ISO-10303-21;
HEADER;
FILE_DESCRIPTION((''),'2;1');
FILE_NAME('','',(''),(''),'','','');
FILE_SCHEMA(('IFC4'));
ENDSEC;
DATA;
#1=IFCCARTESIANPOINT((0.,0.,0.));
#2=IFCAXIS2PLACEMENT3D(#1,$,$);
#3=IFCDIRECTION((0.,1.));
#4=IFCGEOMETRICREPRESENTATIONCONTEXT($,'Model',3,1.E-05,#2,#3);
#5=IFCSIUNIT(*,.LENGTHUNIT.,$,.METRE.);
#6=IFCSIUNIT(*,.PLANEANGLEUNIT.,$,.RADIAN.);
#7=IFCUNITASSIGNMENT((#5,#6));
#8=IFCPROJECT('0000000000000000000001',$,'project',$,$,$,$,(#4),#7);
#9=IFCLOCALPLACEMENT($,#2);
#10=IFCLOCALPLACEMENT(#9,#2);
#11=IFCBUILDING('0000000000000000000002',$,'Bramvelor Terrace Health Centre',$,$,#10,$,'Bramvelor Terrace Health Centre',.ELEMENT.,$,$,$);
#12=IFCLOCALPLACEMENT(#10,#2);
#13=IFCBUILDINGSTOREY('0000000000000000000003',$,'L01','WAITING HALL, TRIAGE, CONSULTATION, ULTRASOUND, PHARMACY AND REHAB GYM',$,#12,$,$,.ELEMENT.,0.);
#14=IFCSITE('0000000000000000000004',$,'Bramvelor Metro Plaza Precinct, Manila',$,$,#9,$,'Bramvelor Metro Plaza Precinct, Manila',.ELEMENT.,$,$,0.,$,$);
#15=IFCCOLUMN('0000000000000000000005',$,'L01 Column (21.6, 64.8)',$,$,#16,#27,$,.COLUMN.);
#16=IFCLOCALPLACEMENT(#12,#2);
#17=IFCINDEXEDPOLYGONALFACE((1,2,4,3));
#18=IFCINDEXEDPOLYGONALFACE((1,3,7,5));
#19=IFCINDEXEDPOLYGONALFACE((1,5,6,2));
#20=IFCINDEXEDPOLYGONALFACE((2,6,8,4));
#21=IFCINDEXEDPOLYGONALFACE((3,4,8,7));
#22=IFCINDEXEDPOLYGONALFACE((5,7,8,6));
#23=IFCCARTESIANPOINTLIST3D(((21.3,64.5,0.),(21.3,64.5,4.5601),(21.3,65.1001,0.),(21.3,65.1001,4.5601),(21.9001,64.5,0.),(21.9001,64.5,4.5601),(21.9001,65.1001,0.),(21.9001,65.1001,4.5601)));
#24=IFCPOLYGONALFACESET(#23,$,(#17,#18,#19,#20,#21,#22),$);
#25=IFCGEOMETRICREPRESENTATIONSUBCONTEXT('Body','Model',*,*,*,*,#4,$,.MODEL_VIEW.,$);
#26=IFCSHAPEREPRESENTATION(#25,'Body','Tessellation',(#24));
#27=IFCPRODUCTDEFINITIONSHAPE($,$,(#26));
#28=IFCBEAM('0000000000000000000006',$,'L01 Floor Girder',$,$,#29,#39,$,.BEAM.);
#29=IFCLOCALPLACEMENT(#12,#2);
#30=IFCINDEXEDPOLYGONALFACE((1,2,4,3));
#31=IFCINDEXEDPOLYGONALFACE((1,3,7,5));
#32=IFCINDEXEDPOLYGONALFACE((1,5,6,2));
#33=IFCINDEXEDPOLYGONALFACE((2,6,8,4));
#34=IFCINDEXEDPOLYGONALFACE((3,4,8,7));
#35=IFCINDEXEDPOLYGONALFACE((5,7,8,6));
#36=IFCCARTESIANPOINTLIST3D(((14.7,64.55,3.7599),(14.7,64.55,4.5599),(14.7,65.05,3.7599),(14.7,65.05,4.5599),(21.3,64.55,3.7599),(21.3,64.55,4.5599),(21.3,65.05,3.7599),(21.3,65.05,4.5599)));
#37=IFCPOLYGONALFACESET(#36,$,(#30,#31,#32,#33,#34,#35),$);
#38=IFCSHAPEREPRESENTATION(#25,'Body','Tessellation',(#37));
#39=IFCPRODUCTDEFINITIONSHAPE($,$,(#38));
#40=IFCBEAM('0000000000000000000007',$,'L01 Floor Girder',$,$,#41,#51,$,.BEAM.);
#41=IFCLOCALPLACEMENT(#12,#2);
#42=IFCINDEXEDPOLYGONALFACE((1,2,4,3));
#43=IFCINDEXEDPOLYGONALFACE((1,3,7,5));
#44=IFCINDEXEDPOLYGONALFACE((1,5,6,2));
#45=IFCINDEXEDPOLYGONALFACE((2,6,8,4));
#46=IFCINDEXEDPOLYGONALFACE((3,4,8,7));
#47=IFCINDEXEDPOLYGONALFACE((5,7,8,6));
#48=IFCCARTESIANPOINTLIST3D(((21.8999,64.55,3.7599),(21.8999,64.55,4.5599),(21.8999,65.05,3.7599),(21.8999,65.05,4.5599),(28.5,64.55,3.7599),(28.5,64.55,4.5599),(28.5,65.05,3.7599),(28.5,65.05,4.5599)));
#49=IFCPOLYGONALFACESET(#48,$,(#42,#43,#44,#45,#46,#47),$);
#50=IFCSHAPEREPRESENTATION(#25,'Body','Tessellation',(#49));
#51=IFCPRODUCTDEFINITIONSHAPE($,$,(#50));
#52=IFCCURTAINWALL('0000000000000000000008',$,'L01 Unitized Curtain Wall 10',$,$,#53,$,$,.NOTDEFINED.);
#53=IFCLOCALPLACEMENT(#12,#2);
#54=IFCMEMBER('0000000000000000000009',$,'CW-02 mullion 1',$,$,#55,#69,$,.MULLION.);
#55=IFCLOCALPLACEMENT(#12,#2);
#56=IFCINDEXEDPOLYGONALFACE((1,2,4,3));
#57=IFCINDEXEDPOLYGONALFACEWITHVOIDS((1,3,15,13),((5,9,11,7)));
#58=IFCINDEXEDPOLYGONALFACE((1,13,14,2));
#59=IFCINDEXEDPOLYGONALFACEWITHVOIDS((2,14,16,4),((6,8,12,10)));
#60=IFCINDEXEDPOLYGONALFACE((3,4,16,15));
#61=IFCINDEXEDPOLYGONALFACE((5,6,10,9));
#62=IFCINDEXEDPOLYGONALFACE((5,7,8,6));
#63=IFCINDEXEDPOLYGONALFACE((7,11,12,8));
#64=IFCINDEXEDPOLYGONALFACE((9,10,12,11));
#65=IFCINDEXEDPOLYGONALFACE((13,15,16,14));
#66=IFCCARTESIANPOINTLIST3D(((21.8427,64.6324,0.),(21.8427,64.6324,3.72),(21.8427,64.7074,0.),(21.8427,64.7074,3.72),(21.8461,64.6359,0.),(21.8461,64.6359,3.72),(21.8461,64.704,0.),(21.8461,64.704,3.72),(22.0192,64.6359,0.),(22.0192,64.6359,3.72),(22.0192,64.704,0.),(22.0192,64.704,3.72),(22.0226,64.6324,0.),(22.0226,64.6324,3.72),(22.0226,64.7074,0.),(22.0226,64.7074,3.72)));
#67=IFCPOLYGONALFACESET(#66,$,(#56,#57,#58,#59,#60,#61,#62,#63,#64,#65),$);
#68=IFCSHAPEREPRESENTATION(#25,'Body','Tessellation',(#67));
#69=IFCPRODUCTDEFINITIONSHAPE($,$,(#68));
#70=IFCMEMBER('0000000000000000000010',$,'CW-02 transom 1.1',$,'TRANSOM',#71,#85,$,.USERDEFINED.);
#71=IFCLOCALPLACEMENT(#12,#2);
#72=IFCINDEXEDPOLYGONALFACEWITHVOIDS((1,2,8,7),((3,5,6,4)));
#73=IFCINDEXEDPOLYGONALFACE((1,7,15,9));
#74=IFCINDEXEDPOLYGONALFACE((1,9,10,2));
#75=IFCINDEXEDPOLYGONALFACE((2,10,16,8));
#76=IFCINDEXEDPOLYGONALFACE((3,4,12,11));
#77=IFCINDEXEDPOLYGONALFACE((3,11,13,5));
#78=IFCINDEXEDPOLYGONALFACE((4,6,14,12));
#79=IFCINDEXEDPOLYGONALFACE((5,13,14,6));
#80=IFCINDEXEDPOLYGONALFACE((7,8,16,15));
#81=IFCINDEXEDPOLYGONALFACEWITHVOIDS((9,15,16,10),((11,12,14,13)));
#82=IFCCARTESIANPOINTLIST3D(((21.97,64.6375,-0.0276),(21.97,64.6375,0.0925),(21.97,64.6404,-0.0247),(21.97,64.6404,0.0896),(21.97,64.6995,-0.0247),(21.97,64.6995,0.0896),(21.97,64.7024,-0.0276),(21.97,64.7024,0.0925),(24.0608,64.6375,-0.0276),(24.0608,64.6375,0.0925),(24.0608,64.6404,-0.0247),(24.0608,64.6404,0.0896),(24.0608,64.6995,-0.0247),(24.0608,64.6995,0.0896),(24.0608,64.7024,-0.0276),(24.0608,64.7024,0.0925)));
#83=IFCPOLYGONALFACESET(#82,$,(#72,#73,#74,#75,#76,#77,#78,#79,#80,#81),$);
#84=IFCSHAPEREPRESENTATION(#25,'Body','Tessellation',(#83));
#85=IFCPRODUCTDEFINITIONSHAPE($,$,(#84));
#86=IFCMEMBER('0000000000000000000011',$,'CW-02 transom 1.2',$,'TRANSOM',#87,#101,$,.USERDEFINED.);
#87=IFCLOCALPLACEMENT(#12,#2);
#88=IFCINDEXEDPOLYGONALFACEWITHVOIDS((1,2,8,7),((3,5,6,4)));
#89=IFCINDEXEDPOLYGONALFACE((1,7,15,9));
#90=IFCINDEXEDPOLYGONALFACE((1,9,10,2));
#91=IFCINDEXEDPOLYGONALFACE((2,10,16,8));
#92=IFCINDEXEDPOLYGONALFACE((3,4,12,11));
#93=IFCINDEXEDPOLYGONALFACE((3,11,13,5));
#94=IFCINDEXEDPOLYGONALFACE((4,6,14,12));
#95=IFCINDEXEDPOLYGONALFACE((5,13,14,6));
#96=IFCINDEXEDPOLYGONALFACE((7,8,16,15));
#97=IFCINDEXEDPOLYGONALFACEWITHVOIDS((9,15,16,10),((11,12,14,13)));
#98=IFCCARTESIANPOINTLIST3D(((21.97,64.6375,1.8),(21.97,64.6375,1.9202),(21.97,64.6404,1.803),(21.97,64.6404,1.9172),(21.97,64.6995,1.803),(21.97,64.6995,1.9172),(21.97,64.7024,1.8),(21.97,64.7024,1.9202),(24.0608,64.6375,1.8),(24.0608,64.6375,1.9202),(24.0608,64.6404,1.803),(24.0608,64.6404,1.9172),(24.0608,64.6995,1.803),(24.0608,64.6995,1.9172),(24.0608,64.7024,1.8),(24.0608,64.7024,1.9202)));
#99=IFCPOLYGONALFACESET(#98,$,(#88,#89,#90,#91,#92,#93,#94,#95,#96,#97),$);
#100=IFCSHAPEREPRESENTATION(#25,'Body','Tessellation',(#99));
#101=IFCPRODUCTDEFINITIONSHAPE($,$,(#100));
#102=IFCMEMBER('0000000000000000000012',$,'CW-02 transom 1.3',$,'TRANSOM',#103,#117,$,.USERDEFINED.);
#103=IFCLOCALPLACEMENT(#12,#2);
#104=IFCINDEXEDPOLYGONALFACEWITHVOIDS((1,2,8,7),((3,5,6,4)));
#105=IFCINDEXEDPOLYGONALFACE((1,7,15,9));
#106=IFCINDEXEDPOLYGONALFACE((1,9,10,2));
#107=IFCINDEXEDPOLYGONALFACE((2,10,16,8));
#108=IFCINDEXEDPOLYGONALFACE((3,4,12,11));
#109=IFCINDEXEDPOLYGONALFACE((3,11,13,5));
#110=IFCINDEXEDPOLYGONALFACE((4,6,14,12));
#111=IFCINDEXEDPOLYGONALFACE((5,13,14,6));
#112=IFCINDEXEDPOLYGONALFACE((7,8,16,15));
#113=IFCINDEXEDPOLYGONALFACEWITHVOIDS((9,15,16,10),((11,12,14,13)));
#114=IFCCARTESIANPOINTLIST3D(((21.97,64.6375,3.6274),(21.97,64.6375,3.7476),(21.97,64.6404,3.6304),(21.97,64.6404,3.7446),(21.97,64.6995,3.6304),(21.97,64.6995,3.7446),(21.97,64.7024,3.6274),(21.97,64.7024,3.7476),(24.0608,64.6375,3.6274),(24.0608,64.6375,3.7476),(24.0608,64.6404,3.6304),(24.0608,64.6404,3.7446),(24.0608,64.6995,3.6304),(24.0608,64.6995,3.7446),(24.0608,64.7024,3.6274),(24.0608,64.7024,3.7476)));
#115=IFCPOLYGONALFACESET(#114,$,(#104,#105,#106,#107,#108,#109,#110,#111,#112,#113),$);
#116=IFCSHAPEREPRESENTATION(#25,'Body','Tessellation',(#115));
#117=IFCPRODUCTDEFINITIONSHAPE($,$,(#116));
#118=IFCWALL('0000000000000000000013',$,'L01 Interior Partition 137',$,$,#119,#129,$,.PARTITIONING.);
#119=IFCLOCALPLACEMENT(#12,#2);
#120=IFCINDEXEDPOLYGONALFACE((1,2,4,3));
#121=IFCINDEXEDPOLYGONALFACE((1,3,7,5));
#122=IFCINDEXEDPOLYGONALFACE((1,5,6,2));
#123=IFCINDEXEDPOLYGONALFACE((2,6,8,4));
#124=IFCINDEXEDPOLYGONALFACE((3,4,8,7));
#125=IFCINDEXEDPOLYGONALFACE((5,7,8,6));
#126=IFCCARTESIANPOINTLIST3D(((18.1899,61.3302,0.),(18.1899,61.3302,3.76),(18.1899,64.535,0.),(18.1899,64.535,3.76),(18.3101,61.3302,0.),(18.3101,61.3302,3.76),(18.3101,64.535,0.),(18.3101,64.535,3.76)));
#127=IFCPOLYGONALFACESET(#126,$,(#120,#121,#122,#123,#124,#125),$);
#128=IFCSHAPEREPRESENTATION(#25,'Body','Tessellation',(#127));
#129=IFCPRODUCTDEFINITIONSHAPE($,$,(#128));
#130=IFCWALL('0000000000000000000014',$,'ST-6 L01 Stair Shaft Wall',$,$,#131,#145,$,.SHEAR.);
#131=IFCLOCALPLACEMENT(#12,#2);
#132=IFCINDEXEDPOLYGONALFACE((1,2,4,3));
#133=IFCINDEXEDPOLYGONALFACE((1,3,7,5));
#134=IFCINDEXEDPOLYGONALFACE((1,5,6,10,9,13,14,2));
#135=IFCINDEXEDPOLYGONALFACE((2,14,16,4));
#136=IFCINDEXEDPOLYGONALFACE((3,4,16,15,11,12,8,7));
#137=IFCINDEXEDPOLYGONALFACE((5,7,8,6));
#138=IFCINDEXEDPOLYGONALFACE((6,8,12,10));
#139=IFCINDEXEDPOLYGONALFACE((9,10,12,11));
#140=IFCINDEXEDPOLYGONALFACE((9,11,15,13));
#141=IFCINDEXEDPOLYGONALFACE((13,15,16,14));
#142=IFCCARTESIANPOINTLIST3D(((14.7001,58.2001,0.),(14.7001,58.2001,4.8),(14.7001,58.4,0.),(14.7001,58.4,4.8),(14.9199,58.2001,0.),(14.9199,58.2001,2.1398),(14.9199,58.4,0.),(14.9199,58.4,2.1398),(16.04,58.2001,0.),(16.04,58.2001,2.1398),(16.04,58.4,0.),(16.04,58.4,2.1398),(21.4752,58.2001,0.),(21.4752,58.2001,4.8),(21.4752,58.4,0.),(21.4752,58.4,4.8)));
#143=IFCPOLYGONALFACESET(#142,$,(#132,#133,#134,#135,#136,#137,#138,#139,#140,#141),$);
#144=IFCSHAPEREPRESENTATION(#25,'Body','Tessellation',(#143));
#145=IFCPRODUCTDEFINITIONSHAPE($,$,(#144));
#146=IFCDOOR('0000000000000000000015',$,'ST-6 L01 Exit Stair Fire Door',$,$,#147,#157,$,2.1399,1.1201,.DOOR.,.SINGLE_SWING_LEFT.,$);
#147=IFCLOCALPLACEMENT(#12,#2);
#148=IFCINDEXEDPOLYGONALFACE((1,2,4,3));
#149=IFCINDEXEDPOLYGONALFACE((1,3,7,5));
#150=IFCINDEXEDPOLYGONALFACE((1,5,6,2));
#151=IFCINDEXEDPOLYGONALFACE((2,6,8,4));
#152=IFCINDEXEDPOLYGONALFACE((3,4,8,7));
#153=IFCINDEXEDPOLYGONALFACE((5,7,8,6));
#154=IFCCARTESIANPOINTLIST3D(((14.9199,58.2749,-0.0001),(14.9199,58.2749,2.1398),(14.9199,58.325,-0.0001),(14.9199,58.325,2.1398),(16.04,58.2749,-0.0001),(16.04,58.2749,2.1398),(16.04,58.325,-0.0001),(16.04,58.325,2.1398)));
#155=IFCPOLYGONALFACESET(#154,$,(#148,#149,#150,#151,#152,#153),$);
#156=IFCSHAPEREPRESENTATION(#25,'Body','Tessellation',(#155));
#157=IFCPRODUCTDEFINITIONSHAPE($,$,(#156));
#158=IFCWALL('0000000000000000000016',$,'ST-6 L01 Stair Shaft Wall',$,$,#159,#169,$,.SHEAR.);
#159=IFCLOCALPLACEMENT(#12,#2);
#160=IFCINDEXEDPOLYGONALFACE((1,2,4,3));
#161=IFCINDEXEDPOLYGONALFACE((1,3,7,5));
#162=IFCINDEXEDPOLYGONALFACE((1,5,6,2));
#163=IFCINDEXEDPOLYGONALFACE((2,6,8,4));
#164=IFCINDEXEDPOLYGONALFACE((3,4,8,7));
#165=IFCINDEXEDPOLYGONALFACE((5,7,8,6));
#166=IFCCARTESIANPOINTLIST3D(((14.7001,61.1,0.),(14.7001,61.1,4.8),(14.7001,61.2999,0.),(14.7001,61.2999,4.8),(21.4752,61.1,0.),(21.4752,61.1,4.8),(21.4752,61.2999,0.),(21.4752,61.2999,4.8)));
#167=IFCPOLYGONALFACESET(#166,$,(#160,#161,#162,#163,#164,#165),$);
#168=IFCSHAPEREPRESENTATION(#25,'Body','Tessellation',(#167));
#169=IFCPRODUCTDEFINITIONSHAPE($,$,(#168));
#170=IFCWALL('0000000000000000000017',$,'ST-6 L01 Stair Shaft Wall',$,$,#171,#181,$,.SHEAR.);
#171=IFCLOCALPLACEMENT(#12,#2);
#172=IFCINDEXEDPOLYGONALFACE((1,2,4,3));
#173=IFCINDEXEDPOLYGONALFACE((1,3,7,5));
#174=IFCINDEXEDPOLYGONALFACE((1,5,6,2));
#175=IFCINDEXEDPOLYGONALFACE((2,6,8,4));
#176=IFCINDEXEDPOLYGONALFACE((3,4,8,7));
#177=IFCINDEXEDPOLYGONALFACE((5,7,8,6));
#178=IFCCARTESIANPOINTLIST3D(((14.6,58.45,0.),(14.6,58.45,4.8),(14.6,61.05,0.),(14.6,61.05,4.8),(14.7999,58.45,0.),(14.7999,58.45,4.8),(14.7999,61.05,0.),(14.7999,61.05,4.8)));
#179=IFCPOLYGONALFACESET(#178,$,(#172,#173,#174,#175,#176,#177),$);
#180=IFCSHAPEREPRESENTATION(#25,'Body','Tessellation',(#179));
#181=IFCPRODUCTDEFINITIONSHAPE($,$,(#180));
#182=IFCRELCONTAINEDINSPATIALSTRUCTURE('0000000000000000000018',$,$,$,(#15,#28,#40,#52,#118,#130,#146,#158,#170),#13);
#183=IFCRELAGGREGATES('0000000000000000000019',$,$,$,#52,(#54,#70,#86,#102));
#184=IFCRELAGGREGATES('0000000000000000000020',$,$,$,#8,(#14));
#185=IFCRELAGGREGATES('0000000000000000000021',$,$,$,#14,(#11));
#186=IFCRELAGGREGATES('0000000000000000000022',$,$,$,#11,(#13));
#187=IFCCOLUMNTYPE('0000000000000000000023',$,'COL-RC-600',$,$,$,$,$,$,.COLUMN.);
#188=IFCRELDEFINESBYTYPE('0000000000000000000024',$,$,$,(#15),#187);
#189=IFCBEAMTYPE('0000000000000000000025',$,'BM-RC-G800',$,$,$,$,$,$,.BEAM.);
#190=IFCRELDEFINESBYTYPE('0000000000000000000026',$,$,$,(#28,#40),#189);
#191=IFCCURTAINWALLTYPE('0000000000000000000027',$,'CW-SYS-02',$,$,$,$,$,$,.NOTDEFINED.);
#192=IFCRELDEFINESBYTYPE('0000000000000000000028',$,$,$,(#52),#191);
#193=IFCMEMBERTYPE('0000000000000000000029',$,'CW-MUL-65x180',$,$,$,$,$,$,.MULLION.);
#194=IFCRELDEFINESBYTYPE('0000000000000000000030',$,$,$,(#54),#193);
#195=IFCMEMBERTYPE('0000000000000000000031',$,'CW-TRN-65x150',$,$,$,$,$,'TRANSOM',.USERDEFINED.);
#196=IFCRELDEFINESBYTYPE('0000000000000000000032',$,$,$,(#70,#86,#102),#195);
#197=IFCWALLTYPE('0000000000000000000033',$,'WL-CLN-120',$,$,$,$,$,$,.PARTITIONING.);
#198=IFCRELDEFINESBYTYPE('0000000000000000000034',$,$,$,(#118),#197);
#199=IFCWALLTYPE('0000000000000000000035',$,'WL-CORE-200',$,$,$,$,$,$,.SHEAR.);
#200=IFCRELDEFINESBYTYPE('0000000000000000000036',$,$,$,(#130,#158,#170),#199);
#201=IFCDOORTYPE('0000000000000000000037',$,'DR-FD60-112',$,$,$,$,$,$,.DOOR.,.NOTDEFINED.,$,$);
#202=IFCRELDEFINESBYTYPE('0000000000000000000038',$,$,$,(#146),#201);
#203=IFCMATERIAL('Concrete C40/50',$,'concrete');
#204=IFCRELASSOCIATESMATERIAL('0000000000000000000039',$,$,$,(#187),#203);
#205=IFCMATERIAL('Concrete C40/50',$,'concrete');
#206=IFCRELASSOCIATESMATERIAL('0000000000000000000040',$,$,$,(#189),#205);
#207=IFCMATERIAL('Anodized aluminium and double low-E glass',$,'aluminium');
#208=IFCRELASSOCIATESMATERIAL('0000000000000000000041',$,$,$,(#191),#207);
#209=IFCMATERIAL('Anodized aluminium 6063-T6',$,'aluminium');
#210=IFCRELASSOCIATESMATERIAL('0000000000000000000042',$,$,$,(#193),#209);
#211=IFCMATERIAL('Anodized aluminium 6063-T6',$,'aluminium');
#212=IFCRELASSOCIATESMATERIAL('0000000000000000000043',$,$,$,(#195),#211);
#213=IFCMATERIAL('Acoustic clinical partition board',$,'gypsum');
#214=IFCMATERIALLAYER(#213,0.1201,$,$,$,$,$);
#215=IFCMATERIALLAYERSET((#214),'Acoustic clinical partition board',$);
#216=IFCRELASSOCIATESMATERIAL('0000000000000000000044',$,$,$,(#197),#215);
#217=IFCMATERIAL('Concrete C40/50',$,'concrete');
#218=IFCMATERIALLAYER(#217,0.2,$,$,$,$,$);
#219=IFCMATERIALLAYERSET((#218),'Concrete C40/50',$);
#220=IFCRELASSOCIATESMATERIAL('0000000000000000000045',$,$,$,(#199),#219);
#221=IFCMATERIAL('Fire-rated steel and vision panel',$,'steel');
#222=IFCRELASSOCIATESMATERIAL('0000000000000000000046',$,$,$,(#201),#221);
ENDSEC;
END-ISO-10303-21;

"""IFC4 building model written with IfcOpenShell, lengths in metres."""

from ifc_helpers import new_model, si_unit, direction, frame, frame_2d, origin, origin_2d, place, context, subcontext, project, spatial, rectangle, hollow_rectangle, extrude, material, layer, layer_set, material_profile, profile_set, type_object, element, fill, aggregate, save


model = new_model("IFC4")

# Units and contexts
model_context = context("Model", 3, precision=1e-05, world=origin(), true_north=direction((0.0, 1.0)))
body_context = subcontext(model_context, "Body", "Model", "MODEL_VIEW")
ifc_project = project(units=[si_unit("LENGTHUNIT", "METRE"), si_unit("PLANEANGLEUNIT", "RADIAN")], contexts=[model_context])

# Site, building, storey
site_placement = place(None, origin())
site = spatial("IfcSite", under=ifc_project, at=site_placement, Name="Bramvelor Metro Plaza Precinct, Manila", LongName="Bramvelor Metro Plaza Precinct, Manila", CompositionType="ELEMENT", RefElevation=0.0)
building_placement = place(site_placement, origin())
building = spatial("IfcBuilding", under=site, at=building_placement, Name="Bramvelor Terrace Health Centre", LongName="Bramvelor Terrace Health Centre", CompositionType="ELEMENT")
storey_placement = place(building_placement, origin())
storey = spatial("IfcBuildingStorey", under=building, at=storey_placement, Name="L01", Description="WAITING HALL, TRIAGE, CONSULTATION, ULTRASOUND, PHARMACY AND REHAB GYM", CompositionType="ELEMENT", Elevation=0.0)

# Column
ifc_material_1 = material(Name="Concrete C40/50", Category="concrete")
ifc_material_profile_1 = material_profile(ifc_material_1, rectangle(XDim=0.6001, YDim=0.6001, at=origin_2d()), Name="RC 600x600")
ifc_profile_set_1 = profile_set([ifc_material_profile_1], Name="Concrete C40/50")
column_type = type_object("IfcColumnType", Name="COL-RC-600", PredefinedType="COLUMN", material=ifc_profile_set_1)
column_placement = place(storey_placement, frame((21.6001, 64.8, 0.0), z_axis=(0.0, 0.0, 1.0), x_axis=(1.0, 0.0, 0.0)))
element("IfcColumn", 1, at=column_placement, inside=storey, type_object=column_type, Name="L01 Column (21.6, 64.8)", PredefinedType="COLUMN", context=body_context, shape_type="SweptSolid", body=[
    extrude(rectangle(XDim=0.6001, YDim=0.6001, at=origin_2d()), origin(), (0.0, 0.0, 1.0), 4.5601),
])

# Beams
ifc_material_2 = material(Name="Concrete C40/50", Category="concrete")
ifc_material_profile_2 = material_profile(ifc_material_2, rectangle(XDim=0.5, YDim=0.8, at=origin_2d()), Name="RC 500x800")
ifc_profile_set_2 = profile_set([ifc_material_profile_2], Name="Concrete C40/50")
beam_type = type_object("IfcBeamType", Name="BM-RC-G800", PredefinedType="BEAM", material=ifc_profile_set_2)
for number, where, z_axis, x_axis, name in (
    (2, (14.7, 64.8, 4.1599), (1.0, 0.0, 0.0), (0.0, 1.0, 0.0), "L01 Floor Girder"),
    (3, (21.8999, 64.8, 4.1599), (1.0, 0.0, 0.0), (0.0, 1.0, 0.0), "L01 Floor Girder"),
):
    element("IfcBeam", number, at=place(storey_placement, frame(where, z_axis=z_axis, x_axis=x_axis)), inside=storey, type_object=beam_type, Name=name, PredefinedType="BEAM", context=body_context, shape_type="SweptSolid", body=[
        extrude(rectangle(XDim=0.5, YDim=0.8, at=origin_2d()), origin(), (0.0, 0.0, 1.0), 6.6001),
    ])

# Curtain wall, members
ifc_material_3 = material(Name="Anodized aluminium and double low-E glass", Category="aluminium")
curtain_wall_type = type_object("IfcCurtainWallType", Name="CW-SYS-02", PredefinedType="NOTDEFINED", material=ifc_material_3)
curtain_wall_placement = place(storey_placement, origin())
curtain_wall = element("IfcCurtainWall", 4, at=curtain_wall_placement, inside=storey, type_object=curtain_wall_type, Name="L01 Unitized Curtain Wall 10", PredefinedType="NOTDEFINED")
ifc_material_4 = material(Name="Anodized aluminium 6063-T6", Category="aluminium")
ifc_material_profile_3 = material_profile(ifc_material_4, hollow_rectangle(XDim=0.075, YDim=0.1799, WallThickness=0.0034, at=origin_2d()), Name="ALU-MUL 75x180x3.5")
ifc_profile_set_3 = profile_set([ifc_material_profile_3], Name="Anodized aluminium 6063-T6")
member_type_1 = type_object("IfcMemberType", Name="CW-MUL-65x180", PredefinedType="MULLION", material=ifc_profile_set_3)
member_1_placement = place(storey_placement, frame((21.9326, 64.6699, 0.0), z_axis=(0.0, 0.0, 1.0), x_axis=(0.0, 1.0, 0.0)))
member_1 = element("IfcMember", 5, at=member_1_placement, type_object=member_type_1, Name="CW-02 mullion 1", PredefinedType="MULLION", context=body_context, shape_type="SweptSolid", body=[
    extrude(hollow_rectangle(XDim=0.075, YDim=0.1799, WallThickness=0.0034, at=origin_2d()), origin(), (0.0, 0.0, 1.0), 3.72),
])
ifc_material_5 = material(Name="Anodized aluminium 6063-T6", Category="aluminium")
ifc_material_profile_4 = material_profile(ifc_material_5, hollow_rectangle(XDim=0.0649, YDim=0.1201, WallThickness=0.0029, at=origin_2d()), Name="ALU-TRN 65x120x3.0")
ifc_profile_set_4 = profile_set([ifc_material_profile_4], Name="Anodized aluminium 6063-T6")
member_type_2 = type_object("IfcMemberType", Name="CW-TRN-65x150", ElementType="TRANSOM", PredefinedType="USERDEFINED", material=ifc_profile_set_4)
member_2_placement = place(storey_placement, frame((21.97, 64.6699, 0.0325), z_axis=(1.0, 0.0, 0.0), x_axis=(0.0, 1.0, 0.0)))
member_2 = element("IfcMember", 6, at=member_2_placement, type_object=member_type_2, Name="CW-02 transom 1.1", ObjectType="TRANSOM", PredefinedType="USERDEFINED", context=body_context, shape_type="SweptSolid", body=[
    extrude(hollow_rectangle(XDim=0.0649, YDim=0.1201, WallThickness=0.0029, at=origin_2d()), origin(), (0.0, 0.0, 1.0), 2.0908),
])
member_3_placement = place(storey_placement, frame((21.97, 64.6699, 1.8601), z_axis=(1.0, 0.0, 0.0), x_axis=(0.0, 1.0, 0.0)))
member_3 = element("IfcMember", 7, at=member_3_placement, type_object=member_type_2, Name="CW-02 transom 1.2", ObjectType="TRANSOM", PredefinedType="USERDEFINED", context=body_context, shape_type="SweptSolid", body=[
    extrude(hollow_rectangle(XDim=0.0649, YDim=0.1201, WallThickness=0.0029, at=origin_2d()), origin(), (0.0, 0.0, 1.0), 2.0908),
])
member_4_placement = place(storey_placement, frame((21.97, 64.6699, 3.6875), z_axis=(1.0, 0.0, 0.0), x_axis=(0.0, 1.0, 0.0)))
member_4 = element("IfcMember", 8, at=member_4_placement, type_object=member_type_2, Name="CW-02 transom 1.3", ObjectType="TRANSOM", PredefinedType="USERDEFINED", context=body_context, shape_type="SweptSolid", body=[
    extrude(hollow_rectangle(XDim=0.0649, YDim=0.1201, WallThickness=0.0029, at=origin_2d()), origin(), (0.0, 0.0, 1.0), 2.0908),
])
aggregate(curtain_wall, [member_1, member_2, member_3, member_4])

# Wall
ifc_material_6 = material(Name="Acoustic clinical partition board", Category="gypsum")
ifc_layer_1 = layer(ifc_material_6, 0.1201)
ifc_layer_set_1 = layer_set([ifc_layer_1], Name="Acoustic clinical partition board")
wall_type_1 = type_object("IfcWallType", Name="WL-CLN-120", PredefinedType="PARTITIONING", material=ifc_layer_set_1)
wall_1_placement = place(storey_placement, frame((18.25, 61.3301, 0.0), z_axis=(0.0, 0.0, 1.0), x_axis=(0.0, 1.0, 0.0)))
element("IfcWall", 9, at=wall_1_placement, inside=storey, type_object=wall_type_1, Name="L01 Interior Partition 137", PredefinedType="PARTITIONING", context=body_context, shape_type="SweptSolid", body=[
    extrude(rectangle(XDim=3.2048, YDim=0.1201, at=frame_2d((1.6025, 0.0))), origin(), (0.0, 0.0, 1.0), 3.76),
])

# Wall, opening, door
ifc_material_7 = material(Name="Concrete C40/50", Category="concrete")
ifc_layer_2 = layer(ifc_material_7, 0.2)
ifc_layer_set_2 = layer_set([ifc_layer_2], Name="Concrete C40/50")
wall_type_2 = type_object("IfcWallType", Name="WL-CORE-200", PredefinedType="SHEAR", material=ifc_layer_set_2)
wall_2_placement = place(storey_placement, frame((14.7, 58.3, 0.0), z_axis=(0.0, 0.0, 1.0), x_axis=(1.0, 0.0, 0.0)))
wall_2 = element("IfcWall", 10, at=wall_2_placement, inside=storey, type_object=wall_type_2, Name="ST-6 L01 Stair Shaft Wall", PredefinedType="SHEAR", context=body_context, shape_type="SweptSolid", body=[
    extrude(rectangle(XDim=6.7751, YDim=0.2, at=frame_2d((3.3877, 0.0))), origin(), (0.0, 0.0, 1.0), 4.8),
])
opening_1_placement = place(wall_2_placement, frame((0.22, 0.0, 0.0)))
opening_1 = element("IfcOpeningElement", 11, at=opening_1_placement, cuts=wall_2, PredefinedType="OPENING", context=body_context, shape_type="SweptSolid", body=[
    extrude(rectangle(XDim=1.1201, YDim=2.1399, at=frame_2d((0.5601, 1.0698))), frame((0.0, 0.1099, 0.0), z_axis=(0.0, -1.0, 0.0), x_axis=(1.0, 0.0, 0.0)), (0.0, 0.0, 1.0), 0.22),
])
ifc_material_8 = material(Name="Fire-rated steel and vision panel", Category="steel")
door_type = type_object("IfcDoorType", Name="DR-FD60-112", OperationType="NOTDEFINED", PredefinedType="DOOR", material=ifc_material_8)
door_placement = place(opening_1_placement, origin())
door = element("IfcDoor", 12, at=door_placement, inside=storey, type_object=door_type, Name="ST-6 L01 Exit Stair Fire Door", OperationType="SINGLE_SWING_LEFT", OverallHeight=2.1399, OverallWidth=1.1201, PredefinedType="DOOR", context=body_context, shape_type="SweptSolid", body=[
    extrude(rectangle(XDim=1.1201, YDim=2.1399, at=frame_2d((0.5601, 1.0698))), frame((0.0, 0.0249, 0.0), z_axis=(0.0, -1.0, 0.0), x_axis=(1.0, 0.0, 0.0)), (0.0, 0.0, 1.0), 0.05),
])
fill(opening_1, door)

# Walls
wall_3_placement = place(storey_placement, frame((14.7, 61.2, 0.0), z_axis=(0.0, 0.0, 1.0), x_axis=(1.0, 0.0, 0.0)))
element("IfcWall", 13, at=wall_3_placement, inside=storey, type_object=wall_type_2, Name="ST-6 L01 Stair Shaft Wall", PredefinedType="SHEAR", context=body_context, shape_type="SweptSolid", body=[
    extrude(rectangle(XDim=6.7751, YDim=0.2, at=frame_2d((3.3877, 0.0))), origin(), (0.0, 0.0, 1.0), 4.8),
])
for number, where, z_axis, x_axis, name in (
    (14, (14.7, 58.45, 0.0), (0.0, 0.0, 1.0), (0.0, 1.0, 0.0), "ST-6 L01 Stair Shaft Wall"),
):
    element("IfcWall", number, at=place(storey_placement, frame(where, z_axis=z_axis, x_axis=x_axis)), inside=storey, type_object=wall_type_2, Name=name, PredefinedType="SHEAR", context=body_context, shape_type="SweptSolid", body=[
        extrude(rectangle(XDim=2.6001, YDim=0.2, at=frame_2d((1.3, 0.0))), origin(), (0.0, 0.0, 1.0), 4.8),
    ])

save(model, "model.ifc")
